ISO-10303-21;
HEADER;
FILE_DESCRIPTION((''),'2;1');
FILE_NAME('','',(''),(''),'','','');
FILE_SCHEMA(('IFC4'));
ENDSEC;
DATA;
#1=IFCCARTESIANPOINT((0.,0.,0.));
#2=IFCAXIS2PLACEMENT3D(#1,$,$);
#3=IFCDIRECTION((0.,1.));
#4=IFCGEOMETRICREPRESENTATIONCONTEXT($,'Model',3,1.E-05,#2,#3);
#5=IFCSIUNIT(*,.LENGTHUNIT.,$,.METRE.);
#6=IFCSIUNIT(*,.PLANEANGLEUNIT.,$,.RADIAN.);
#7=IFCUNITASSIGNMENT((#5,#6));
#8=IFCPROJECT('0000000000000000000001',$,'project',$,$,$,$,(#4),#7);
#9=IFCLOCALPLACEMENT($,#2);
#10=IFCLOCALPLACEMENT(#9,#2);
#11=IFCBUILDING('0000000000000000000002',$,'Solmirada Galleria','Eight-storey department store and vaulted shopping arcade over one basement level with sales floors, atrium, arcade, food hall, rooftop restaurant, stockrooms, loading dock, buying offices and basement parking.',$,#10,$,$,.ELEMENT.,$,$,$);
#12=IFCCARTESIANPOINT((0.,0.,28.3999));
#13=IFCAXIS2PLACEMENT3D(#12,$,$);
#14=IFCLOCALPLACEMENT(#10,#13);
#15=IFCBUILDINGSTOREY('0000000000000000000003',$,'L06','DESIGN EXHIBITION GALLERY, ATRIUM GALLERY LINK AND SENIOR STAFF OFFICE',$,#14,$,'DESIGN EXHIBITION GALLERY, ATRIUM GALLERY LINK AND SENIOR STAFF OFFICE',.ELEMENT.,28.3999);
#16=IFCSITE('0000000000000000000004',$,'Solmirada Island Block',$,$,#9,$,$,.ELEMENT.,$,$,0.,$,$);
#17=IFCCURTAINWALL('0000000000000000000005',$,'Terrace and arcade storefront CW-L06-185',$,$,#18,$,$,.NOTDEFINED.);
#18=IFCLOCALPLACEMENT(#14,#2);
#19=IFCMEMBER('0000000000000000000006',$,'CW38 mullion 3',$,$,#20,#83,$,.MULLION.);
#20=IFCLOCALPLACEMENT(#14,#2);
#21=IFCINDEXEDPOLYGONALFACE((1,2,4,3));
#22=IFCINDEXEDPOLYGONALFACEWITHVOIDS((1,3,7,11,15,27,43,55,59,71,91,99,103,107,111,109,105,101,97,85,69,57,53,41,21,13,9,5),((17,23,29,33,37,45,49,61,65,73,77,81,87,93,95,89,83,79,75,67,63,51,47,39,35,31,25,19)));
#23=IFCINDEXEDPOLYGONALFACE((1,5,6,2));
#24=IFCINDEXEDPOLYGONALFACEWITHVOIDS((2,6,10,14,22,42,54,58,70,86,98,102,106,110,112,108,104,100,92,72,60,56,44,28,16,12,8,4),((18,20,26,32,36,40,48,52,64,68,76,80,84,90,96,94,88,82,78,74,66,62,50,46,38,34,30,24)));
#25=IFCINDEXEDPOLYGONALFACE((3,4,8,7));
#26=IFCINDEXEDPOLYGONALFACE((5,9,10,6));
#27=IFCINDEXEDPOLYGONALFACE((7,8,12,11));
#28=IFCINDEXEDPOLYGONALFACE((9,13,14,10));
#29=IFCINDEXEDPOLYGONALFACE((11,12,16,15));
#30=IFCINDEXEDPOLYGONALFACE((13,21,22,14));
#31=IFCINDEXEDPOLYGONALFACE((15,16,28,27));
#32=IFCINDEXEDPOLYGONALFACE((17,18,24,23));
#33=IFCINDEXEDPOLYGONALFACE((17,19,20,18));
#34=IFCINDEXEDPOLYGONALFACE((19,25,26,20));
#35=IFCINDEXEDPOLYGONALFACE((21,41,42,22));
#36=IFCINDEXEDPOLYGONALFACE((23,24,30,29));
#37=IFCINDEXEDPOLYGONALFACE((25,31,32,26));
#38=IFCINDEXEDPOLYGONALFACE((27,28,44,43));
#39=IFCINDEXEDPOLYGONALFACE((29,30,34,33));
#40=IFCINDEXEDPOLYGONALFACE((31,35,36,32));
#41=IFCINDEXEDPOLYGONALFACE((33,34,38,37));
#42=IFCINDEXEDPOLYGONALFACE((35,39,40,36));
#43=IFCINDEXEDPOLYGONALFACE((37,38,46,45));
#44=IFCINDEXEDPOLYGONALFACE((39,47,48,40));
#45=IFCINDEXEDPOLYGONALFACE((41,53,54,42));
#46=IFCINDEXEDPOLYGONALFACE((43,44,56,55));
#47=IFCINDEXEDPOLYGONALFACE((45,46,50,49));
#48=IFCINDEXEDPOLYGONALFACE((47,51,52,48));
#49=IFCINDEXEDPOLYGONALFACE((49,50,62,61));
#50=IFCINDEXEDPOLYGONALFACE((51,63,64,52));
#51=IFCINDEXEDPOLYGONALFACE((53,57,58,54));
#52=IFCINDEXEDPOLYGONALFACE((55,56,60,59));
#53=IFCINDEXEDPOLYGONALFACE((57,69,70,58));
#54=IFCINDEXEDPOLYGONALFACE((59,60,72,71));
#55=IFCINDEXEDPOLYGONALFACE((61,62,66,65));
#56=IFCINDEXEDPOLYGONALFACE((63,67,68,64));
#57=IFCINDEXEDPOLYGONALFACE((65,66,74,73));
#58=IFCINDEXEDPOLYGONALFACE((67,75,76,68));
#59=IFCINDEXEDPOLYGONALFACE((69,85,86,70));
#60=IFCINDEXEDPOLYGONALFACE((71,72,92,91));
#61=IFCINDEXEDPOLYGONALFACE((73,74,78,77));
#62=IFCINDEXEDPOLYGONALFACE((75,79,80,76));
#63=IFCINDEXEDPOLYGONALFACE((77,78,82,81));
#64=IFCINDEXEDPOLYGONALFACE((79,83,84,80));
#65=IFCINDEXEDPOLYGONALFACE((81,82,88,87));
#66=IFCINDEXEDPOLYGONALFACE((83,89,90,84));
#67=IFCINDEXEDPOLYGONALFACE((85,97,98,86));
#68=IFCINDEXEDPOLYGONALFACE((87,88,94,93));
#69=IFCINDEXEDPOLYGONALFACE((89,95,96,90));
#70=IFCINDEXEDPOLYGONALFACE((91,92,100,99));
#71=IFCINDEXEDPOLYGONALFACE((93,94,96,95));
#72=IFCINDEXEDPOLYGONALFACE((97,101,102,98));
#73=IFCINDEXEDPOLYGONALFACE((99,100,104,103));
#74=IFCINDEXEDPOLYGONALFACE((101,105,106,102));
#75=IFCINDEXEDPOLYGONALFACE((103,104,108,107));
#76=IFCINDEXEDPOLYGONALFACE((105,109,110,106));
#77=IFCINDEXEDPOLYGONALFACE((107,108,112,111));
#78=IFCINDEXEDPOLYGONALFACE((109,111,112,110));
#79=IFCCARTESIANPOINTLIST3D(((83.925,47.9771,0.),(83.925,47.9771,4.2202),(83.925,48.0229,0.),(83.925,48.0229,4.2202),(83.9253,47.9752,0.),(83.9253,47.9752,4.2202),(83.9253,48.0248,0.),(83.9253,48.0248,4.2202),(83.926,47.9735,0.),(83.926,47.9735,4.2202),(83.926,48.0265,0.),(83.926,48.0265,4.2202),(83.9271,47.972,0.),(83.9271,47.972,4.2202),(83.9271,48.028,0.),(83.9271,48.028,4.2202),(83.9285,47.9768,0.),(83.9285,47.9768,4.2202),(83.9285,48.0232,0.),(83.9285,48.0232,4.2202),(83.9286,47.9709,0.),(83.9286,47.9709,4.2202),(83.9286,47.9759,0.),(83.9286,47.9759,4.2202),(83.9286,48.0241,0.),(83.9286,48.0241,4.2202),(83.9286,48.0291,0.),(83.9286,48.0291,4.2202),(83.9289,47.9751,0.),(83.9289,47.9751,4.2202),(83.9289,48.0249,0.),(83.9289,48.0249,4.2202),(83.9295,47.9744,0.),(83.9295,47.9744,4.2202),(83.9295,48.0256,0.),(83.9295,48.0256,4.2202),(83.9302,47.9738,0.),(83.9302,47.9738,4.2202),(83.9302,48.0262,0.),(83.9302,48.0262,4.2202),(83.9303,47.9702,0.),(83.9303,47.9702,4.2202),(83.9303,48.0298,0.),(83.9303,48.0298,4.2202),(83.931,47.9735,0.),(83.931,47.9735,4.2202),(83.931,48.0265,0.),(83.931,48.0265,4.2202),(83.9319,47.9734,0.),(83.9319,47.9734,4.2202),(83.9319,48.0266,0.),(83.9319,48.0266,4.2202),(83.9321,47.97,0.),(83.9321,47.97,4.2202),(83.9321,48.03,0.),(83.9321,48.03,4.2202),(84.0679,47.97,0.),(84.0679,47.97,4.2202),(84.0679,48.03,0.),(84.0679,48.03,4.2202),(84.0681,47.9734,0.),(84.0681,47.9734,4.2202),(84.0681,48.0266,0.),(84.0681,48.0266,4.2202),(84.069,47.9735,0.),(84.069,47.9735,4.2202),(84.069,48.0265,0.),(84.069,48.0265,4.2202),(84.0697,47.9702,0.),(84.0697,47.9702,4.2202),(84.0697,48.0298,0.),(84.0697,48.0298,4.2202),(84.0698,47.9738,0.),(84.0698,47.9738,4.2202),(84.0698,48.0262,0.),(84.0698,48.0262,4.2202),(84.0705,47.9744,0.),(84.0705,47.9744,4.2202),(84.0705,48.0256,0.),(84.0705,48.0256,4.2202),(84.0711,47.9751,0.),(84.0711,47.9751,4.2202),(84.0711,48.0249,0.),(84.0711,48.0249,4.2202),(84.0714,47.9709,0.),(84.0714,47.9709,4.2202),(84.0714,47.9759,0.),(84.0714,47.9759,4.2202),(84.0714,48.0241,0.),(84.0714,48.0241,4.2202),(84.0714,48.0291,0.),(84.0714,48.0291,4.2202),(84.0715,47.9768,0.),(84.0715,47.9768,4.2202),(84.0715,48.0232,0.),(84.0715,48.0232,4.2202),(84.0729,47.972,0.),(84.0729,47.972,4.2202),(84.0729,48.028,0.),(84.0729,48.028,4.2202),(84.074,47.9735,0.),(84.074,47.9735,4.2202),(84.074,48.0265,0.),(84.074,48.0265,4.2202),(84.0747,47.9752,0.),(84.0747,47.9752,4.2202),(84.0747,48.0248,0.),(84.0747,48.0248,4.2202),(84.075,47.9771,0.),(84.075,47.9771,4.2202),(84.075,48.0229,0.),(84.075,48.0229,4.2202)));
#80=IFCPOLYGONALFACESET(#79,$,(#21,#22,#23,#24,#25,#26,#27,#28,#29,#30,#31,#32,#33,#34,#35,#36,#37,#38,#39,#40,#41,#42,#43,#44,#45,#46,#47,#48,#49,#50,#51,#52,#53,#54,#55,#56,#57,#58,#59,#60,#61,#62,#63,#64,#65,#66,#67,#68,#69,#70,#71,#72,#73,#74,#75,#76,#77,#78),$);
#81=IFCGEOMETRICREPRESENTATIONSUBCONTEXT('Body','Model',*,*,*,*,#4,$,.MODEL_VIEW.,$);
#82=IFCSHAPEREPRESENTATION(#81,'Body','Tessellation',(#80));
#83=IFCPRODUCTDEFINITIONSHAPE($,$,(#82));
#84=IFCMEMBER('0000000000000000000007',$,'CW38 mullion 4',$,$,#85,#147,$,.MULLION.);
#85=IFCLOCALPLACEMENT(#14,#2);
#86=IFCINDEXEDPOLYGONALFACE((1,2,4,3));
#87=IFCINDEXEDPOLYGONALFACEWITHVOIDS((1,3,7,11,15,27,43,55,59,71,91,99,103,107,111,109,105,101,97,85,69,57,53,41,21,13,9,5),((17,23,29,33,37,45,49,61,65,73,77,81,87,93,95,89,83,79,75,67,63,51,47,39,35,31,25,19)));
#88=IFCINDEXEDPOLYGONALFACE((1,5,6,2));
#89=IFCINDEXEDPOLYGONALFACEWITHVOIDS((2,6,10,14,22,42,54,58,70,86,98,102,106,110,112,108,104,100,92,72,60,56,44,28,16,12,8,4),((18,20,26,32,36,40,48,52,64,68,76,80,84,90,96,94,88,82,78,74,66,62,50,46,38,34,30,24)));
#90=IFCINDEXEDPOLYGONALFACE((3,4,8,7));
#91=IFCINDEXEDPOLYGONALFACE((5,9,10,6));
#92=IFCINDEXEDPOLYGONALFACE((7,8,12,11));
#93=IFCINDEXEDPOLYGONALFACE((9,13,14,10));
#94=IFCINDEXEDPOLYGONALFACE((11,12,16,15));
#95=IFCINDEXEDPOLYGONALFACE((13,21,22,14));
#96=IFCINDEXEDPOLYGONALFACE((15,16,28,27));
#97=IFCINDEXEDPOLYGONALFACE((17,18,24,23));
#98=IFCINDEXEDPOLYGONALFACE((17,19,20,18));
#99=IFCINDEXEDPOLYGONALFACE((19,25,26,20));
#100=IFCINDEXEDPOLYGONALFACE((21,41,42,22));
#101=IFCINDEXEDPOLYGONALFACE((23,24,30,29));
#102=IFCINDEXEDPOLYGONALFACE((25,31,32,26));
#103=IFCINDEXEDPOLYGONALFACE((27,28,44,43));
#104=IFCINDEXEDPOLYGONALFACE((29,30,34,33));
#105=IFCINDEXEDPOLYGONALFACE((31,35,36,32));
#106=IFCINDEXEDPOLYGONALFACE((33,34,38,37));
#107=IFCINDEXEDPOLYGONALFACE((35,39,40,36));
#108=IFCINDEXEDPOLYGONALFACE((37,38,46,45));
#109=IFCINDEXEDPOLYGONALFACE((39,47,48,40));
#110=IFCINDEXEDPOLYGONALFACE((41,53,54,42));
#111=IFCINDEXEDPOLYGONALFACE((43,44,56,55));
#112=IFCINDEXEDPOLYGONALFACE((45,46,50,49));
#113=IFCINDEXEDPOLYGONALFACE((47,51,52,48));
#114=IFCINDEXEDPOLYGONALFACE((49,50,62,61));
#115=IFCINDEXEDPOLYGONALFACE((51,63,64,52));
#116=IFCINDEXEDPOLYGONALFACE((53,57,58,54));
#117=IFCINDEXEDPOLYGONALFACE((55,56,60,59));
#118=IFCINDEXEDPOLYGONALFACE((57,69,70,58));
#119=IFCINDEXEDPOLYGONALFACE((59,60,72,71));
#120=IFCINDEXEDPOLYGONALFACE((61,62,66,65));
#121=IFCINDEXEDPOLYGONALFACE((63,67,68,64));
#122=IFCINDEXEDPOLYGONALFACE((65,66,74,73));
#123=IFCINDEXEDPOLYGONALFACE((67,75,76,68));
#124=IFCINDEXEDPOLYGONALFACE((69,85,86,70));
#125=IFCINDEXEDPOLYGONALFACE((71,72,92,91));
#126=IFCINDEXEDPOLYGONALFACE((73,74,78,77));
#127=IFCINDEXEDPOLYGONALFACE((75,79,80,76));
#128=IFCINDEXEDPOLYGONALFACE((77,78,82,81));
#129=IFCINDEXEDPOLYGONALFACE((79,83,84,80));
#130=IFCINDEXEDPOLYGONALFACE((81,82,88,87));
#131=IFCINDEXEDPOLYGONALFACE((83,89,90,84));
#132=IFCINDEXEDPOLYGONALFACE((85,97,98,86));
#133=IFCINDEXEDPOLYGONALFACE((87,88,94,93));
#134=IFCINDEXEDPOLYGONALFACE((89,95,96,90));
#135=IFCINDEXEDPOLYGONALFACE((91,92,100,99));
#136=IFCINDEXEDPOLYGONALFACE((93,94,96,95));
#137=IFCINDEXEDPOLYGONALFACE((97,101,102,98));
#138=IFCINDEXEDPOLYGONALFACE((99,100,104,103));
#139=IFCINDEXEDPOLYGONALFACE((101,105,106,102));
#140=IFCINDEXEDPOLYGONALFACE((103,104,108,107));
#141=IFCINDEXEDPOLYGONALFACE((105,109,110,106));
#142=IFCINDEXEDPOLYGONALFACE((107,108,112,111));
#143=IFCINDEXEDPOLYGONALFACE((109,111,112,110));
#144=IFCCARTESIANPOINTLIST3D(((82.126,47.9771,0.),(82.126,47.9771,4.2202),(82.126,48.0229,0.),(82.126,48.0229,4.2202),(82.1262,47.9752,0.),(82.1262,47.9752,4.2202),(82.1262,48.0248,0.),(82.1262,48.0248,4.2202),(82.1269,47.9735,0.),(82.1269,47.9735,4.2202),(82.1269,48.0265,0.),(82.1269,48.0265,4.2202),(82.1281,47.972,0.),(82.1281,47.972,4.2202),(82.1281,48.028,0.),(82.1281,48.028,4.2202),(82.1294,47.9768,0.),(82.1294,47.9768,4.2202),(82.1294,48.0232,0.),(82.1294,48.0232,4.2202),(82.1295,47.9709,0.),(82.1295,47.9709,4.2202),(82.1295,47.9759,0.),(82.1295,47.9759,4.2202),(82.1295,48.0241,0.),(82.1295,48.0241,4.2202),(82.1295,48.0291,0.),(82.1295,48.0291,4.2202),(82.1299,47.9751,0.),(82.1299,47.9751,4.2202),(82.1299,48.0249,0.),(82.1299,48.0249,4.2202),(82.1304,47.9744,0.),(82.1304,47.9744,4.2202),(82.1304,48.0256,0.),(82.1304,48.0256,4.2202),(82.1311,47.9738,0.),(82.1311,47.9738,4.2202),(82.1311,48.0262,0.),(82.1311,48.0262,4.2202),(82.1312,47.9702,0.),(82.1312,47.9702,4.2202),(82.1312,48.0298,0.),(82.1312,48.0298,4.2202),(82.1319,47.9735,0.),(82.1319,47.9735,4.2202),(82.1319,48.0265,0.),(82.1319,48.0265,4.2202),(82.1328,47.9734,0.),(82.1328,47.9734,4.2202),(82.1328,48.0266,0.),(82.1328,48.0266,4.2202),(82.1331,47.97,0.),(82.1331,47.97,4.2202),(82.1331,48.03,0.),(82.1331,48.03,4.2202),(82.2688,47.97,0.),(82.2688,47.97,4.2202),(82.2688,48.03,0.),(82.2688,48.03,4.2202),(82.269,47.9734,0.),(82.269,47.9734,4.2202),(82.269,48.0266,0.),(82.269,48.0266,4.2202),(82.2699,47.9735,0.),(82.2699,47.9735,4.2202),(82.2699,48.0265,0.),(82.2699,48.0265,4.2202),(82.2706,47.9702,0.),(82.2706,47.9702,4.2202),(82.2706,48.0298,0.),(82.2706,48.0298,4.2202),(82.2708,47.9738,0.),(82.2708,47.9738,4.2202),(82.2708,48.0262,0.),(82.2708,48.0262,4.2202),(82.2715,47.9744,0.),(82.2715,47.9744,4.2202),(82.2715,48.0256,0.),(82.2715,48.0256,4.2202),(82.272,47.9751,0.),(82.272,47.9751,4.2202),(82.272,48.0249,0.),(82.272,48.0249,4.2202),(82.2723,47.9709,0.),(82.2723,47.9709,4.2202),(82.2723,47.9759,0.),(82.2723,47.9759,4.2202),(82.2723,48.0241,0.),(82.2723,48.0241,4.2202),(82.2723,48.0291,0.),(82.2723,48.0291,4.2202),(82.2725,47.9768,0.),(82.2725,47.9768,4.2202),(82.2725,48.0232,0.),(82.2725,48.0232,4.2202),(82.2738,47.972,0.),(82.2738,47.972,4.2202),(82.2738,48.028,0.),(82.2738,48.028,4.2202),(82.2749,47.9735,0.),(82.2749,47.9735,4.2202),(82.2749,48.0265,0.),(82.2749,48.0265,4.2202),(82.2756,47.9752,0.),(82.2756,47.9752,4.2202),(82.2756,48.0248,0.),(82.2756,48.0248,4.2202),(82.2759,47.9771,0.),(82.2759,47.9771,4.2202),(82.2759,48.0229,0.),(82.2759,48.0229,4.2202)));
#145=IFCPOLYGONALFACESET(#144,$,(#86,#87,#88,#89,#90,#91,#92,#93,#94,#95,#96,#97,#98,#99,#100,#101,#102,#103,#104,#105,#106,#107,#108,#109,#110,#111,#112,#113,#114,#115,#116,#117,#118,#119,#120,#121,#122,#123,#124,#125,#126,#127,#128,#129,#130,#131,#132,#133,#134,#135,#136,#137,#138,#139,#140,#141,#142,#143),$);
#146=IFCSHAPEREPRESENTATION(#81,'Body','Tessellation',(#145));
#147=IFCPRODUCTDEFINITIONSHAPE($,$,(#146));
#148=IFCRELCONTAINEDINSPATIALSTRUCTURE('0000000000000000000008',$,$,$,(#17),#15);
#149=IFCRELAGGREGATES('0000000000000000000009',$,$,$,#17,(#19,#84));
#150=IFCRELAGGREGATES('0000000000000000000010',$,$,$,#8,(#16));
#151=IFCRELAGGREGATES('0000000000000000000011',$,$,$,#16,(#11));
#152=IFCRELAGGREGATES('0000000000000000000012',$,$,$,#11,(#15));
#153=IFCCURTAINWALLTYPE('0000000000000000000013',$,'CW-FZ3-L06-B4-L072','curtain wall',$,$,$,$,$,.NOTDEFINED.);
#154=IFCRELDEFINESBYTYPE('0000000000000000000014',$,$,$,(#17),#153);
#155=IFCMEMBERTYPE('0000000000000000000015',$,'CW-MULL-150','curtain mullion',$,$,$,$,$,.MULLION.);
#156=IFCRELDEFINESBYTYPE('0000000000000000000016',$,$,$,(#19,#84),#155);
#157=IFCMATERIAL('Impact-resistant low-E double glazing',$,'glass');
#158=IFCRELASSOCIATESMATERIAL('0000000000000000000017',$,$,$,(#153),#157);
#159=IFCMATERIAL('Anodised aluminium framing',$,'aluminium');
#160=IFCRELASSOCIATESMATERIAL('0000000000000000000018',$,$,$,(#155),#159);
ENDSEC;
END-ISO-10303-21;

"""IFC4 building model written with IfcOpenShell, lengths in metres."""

from ifc_helpers import new_model, si_unit, direction, frame, origin, origin_2d, place, context, subcontext, project, spatial, hollow_rectangle, extrude, material, material_profile, profile_set, type_object, element, aggregate, save


model = new_model("IFC4")

# Units and contexts
model_context = context("Model", 3, precision=1e-05, world=origin(), true_north=direction((0.0, 1.0)))
body_context = subcontext(model_context, "Body", "Model", "MODEL_VIEW")
ifc_project = project(units=[si_unit("LENGTHUNIT", "METRE"), si_unit("PLANEANGLEUNIT", "RADIAN")], contexts=[model_context])

# Site, building, storey
site_placement = place(None, origin())
site = spatial("IfcSite", under=ifc_project, at=site_placement, Name="Solmirada Island Block", CompositionType="ELEMENT", RefElevation=0.0)
building_placement = place(site_placement, origin())
building = spatial("IfcBuilding", under=site, at=building_placement, Name="Solmirada Galleria", Description="Eight-storey department store and vaulted shopping arcade over one basement level with sales floors, atrium, arcade, food hall, rooftop restaurant, stockrooms, loading dock, buying offices and basement parking.", CompositionType="ELEMENT")
storey_placement = place(building_placement, frame((0.0, 0.0, 28.3999)))
storey = spatial("IfcBuildingStorey", under=building, at=storey_placement, Name="L06", Description="DESIGN EXHIBITION GALLERY, ATRIUM GALLERY LINK AND SENIOR STAFF OFFICE", LongName="DESIGN EXHIBITION GALLERY, ATRIUM GALLERY LINK AND SENIOR STAFF OFFICE", CompositionType="ELEMENT", Elevation=28.3999)

# Curtain wall, members
ifc_material_1 = material(Name="Impact-resistant low-E double glazing", Category="glass")
curtain_wall_type = type_object("IfcCurtainWallType", Name="CW-FZ3-L06-B4-L072", Description="curtain wall", PredefinedType="NOTDEFINED", material=ifc_material_1)
curtain_wall_placement = place(storey_placement, origin())
curtain_wall = element("IfcCurtainWall", 1, at=curtain_wall_placement, inside=storey, type_object=curtain_wall_type, Name="Terrace and arcade storefront CW-L06-185", PredefinedType="NOTDEFINED")
ifc_material_2 = material(Name="Anodised aluminium framing", Category="aluminium")
ifc_material_profile_1 = material_profile(ifc_material_2, hollow_rectangle(XDim=0.0601, YDim=0.1499, WallThickness=0.0034, InnerFilletRadius=0.0034, OuterFilletRadius=0.0071, at=origin_2d()), Name="ALU-MULL-150X60")
ifc_profile_set_1 = profile_set([ifc_material_profile_1], Name="Anodised aluminium framing")
member_type_1 = type_object("IfcMemberType", Name="CW-MULL-150", Description="curtain mullion", PredefinedType="MULLION", material=ifc_profile_set_1)
member_1_placement = place(storey_placement, frame((84.0, 48.0, 0.0), z_axis=(0.0, 0.0, 1.0), x_axis=(0.0, -1.0, 0.0)))
member_1 = element("IfcMember", 2, at=member_1_placement, type_object=member_type_1, Name="CW38 mullion 3", PredefinedType="MULLION", context=body_context, shape_type="SweptSolid", body=[
    extrude(hollow_rectangle(XDim=0.0601, YDim=0.1499, WallThickness=0.0034, InnerFilletRadius=0.0034, OuterFilletRadius=0.0071, at=origin_2d()), origin(), (0.0, 0.0, 1.0), 4.2202),
])
member_2_placement = place(storey_placement, frame((82.2009, 48.0, 0.0), z_axis=(0.0, 0.0, 1.0), x_axis=(0.0, -1.0, 0.0)))
member_2 = element("IfcMember", 3, at=member_2_placement, type_object=member_type_1, Name="CW38 mullion 4", PredefinedType="MULLION", context=body_context, shape_type="SweptSolid", body=[
    extrude(hollow_rectangle(XDim=0.0601, YDim=0.1499, WallThickness=0.0034, InnerFilletRadius=0.0034, OuterFilletRadius=0.0071, at=origin_2d()), origin(), (0.0, 0.0, 1.0), 4.2202),
])
aggregate(curtain_wall, [member_1, member_2])

save(model, "model.ifc")
